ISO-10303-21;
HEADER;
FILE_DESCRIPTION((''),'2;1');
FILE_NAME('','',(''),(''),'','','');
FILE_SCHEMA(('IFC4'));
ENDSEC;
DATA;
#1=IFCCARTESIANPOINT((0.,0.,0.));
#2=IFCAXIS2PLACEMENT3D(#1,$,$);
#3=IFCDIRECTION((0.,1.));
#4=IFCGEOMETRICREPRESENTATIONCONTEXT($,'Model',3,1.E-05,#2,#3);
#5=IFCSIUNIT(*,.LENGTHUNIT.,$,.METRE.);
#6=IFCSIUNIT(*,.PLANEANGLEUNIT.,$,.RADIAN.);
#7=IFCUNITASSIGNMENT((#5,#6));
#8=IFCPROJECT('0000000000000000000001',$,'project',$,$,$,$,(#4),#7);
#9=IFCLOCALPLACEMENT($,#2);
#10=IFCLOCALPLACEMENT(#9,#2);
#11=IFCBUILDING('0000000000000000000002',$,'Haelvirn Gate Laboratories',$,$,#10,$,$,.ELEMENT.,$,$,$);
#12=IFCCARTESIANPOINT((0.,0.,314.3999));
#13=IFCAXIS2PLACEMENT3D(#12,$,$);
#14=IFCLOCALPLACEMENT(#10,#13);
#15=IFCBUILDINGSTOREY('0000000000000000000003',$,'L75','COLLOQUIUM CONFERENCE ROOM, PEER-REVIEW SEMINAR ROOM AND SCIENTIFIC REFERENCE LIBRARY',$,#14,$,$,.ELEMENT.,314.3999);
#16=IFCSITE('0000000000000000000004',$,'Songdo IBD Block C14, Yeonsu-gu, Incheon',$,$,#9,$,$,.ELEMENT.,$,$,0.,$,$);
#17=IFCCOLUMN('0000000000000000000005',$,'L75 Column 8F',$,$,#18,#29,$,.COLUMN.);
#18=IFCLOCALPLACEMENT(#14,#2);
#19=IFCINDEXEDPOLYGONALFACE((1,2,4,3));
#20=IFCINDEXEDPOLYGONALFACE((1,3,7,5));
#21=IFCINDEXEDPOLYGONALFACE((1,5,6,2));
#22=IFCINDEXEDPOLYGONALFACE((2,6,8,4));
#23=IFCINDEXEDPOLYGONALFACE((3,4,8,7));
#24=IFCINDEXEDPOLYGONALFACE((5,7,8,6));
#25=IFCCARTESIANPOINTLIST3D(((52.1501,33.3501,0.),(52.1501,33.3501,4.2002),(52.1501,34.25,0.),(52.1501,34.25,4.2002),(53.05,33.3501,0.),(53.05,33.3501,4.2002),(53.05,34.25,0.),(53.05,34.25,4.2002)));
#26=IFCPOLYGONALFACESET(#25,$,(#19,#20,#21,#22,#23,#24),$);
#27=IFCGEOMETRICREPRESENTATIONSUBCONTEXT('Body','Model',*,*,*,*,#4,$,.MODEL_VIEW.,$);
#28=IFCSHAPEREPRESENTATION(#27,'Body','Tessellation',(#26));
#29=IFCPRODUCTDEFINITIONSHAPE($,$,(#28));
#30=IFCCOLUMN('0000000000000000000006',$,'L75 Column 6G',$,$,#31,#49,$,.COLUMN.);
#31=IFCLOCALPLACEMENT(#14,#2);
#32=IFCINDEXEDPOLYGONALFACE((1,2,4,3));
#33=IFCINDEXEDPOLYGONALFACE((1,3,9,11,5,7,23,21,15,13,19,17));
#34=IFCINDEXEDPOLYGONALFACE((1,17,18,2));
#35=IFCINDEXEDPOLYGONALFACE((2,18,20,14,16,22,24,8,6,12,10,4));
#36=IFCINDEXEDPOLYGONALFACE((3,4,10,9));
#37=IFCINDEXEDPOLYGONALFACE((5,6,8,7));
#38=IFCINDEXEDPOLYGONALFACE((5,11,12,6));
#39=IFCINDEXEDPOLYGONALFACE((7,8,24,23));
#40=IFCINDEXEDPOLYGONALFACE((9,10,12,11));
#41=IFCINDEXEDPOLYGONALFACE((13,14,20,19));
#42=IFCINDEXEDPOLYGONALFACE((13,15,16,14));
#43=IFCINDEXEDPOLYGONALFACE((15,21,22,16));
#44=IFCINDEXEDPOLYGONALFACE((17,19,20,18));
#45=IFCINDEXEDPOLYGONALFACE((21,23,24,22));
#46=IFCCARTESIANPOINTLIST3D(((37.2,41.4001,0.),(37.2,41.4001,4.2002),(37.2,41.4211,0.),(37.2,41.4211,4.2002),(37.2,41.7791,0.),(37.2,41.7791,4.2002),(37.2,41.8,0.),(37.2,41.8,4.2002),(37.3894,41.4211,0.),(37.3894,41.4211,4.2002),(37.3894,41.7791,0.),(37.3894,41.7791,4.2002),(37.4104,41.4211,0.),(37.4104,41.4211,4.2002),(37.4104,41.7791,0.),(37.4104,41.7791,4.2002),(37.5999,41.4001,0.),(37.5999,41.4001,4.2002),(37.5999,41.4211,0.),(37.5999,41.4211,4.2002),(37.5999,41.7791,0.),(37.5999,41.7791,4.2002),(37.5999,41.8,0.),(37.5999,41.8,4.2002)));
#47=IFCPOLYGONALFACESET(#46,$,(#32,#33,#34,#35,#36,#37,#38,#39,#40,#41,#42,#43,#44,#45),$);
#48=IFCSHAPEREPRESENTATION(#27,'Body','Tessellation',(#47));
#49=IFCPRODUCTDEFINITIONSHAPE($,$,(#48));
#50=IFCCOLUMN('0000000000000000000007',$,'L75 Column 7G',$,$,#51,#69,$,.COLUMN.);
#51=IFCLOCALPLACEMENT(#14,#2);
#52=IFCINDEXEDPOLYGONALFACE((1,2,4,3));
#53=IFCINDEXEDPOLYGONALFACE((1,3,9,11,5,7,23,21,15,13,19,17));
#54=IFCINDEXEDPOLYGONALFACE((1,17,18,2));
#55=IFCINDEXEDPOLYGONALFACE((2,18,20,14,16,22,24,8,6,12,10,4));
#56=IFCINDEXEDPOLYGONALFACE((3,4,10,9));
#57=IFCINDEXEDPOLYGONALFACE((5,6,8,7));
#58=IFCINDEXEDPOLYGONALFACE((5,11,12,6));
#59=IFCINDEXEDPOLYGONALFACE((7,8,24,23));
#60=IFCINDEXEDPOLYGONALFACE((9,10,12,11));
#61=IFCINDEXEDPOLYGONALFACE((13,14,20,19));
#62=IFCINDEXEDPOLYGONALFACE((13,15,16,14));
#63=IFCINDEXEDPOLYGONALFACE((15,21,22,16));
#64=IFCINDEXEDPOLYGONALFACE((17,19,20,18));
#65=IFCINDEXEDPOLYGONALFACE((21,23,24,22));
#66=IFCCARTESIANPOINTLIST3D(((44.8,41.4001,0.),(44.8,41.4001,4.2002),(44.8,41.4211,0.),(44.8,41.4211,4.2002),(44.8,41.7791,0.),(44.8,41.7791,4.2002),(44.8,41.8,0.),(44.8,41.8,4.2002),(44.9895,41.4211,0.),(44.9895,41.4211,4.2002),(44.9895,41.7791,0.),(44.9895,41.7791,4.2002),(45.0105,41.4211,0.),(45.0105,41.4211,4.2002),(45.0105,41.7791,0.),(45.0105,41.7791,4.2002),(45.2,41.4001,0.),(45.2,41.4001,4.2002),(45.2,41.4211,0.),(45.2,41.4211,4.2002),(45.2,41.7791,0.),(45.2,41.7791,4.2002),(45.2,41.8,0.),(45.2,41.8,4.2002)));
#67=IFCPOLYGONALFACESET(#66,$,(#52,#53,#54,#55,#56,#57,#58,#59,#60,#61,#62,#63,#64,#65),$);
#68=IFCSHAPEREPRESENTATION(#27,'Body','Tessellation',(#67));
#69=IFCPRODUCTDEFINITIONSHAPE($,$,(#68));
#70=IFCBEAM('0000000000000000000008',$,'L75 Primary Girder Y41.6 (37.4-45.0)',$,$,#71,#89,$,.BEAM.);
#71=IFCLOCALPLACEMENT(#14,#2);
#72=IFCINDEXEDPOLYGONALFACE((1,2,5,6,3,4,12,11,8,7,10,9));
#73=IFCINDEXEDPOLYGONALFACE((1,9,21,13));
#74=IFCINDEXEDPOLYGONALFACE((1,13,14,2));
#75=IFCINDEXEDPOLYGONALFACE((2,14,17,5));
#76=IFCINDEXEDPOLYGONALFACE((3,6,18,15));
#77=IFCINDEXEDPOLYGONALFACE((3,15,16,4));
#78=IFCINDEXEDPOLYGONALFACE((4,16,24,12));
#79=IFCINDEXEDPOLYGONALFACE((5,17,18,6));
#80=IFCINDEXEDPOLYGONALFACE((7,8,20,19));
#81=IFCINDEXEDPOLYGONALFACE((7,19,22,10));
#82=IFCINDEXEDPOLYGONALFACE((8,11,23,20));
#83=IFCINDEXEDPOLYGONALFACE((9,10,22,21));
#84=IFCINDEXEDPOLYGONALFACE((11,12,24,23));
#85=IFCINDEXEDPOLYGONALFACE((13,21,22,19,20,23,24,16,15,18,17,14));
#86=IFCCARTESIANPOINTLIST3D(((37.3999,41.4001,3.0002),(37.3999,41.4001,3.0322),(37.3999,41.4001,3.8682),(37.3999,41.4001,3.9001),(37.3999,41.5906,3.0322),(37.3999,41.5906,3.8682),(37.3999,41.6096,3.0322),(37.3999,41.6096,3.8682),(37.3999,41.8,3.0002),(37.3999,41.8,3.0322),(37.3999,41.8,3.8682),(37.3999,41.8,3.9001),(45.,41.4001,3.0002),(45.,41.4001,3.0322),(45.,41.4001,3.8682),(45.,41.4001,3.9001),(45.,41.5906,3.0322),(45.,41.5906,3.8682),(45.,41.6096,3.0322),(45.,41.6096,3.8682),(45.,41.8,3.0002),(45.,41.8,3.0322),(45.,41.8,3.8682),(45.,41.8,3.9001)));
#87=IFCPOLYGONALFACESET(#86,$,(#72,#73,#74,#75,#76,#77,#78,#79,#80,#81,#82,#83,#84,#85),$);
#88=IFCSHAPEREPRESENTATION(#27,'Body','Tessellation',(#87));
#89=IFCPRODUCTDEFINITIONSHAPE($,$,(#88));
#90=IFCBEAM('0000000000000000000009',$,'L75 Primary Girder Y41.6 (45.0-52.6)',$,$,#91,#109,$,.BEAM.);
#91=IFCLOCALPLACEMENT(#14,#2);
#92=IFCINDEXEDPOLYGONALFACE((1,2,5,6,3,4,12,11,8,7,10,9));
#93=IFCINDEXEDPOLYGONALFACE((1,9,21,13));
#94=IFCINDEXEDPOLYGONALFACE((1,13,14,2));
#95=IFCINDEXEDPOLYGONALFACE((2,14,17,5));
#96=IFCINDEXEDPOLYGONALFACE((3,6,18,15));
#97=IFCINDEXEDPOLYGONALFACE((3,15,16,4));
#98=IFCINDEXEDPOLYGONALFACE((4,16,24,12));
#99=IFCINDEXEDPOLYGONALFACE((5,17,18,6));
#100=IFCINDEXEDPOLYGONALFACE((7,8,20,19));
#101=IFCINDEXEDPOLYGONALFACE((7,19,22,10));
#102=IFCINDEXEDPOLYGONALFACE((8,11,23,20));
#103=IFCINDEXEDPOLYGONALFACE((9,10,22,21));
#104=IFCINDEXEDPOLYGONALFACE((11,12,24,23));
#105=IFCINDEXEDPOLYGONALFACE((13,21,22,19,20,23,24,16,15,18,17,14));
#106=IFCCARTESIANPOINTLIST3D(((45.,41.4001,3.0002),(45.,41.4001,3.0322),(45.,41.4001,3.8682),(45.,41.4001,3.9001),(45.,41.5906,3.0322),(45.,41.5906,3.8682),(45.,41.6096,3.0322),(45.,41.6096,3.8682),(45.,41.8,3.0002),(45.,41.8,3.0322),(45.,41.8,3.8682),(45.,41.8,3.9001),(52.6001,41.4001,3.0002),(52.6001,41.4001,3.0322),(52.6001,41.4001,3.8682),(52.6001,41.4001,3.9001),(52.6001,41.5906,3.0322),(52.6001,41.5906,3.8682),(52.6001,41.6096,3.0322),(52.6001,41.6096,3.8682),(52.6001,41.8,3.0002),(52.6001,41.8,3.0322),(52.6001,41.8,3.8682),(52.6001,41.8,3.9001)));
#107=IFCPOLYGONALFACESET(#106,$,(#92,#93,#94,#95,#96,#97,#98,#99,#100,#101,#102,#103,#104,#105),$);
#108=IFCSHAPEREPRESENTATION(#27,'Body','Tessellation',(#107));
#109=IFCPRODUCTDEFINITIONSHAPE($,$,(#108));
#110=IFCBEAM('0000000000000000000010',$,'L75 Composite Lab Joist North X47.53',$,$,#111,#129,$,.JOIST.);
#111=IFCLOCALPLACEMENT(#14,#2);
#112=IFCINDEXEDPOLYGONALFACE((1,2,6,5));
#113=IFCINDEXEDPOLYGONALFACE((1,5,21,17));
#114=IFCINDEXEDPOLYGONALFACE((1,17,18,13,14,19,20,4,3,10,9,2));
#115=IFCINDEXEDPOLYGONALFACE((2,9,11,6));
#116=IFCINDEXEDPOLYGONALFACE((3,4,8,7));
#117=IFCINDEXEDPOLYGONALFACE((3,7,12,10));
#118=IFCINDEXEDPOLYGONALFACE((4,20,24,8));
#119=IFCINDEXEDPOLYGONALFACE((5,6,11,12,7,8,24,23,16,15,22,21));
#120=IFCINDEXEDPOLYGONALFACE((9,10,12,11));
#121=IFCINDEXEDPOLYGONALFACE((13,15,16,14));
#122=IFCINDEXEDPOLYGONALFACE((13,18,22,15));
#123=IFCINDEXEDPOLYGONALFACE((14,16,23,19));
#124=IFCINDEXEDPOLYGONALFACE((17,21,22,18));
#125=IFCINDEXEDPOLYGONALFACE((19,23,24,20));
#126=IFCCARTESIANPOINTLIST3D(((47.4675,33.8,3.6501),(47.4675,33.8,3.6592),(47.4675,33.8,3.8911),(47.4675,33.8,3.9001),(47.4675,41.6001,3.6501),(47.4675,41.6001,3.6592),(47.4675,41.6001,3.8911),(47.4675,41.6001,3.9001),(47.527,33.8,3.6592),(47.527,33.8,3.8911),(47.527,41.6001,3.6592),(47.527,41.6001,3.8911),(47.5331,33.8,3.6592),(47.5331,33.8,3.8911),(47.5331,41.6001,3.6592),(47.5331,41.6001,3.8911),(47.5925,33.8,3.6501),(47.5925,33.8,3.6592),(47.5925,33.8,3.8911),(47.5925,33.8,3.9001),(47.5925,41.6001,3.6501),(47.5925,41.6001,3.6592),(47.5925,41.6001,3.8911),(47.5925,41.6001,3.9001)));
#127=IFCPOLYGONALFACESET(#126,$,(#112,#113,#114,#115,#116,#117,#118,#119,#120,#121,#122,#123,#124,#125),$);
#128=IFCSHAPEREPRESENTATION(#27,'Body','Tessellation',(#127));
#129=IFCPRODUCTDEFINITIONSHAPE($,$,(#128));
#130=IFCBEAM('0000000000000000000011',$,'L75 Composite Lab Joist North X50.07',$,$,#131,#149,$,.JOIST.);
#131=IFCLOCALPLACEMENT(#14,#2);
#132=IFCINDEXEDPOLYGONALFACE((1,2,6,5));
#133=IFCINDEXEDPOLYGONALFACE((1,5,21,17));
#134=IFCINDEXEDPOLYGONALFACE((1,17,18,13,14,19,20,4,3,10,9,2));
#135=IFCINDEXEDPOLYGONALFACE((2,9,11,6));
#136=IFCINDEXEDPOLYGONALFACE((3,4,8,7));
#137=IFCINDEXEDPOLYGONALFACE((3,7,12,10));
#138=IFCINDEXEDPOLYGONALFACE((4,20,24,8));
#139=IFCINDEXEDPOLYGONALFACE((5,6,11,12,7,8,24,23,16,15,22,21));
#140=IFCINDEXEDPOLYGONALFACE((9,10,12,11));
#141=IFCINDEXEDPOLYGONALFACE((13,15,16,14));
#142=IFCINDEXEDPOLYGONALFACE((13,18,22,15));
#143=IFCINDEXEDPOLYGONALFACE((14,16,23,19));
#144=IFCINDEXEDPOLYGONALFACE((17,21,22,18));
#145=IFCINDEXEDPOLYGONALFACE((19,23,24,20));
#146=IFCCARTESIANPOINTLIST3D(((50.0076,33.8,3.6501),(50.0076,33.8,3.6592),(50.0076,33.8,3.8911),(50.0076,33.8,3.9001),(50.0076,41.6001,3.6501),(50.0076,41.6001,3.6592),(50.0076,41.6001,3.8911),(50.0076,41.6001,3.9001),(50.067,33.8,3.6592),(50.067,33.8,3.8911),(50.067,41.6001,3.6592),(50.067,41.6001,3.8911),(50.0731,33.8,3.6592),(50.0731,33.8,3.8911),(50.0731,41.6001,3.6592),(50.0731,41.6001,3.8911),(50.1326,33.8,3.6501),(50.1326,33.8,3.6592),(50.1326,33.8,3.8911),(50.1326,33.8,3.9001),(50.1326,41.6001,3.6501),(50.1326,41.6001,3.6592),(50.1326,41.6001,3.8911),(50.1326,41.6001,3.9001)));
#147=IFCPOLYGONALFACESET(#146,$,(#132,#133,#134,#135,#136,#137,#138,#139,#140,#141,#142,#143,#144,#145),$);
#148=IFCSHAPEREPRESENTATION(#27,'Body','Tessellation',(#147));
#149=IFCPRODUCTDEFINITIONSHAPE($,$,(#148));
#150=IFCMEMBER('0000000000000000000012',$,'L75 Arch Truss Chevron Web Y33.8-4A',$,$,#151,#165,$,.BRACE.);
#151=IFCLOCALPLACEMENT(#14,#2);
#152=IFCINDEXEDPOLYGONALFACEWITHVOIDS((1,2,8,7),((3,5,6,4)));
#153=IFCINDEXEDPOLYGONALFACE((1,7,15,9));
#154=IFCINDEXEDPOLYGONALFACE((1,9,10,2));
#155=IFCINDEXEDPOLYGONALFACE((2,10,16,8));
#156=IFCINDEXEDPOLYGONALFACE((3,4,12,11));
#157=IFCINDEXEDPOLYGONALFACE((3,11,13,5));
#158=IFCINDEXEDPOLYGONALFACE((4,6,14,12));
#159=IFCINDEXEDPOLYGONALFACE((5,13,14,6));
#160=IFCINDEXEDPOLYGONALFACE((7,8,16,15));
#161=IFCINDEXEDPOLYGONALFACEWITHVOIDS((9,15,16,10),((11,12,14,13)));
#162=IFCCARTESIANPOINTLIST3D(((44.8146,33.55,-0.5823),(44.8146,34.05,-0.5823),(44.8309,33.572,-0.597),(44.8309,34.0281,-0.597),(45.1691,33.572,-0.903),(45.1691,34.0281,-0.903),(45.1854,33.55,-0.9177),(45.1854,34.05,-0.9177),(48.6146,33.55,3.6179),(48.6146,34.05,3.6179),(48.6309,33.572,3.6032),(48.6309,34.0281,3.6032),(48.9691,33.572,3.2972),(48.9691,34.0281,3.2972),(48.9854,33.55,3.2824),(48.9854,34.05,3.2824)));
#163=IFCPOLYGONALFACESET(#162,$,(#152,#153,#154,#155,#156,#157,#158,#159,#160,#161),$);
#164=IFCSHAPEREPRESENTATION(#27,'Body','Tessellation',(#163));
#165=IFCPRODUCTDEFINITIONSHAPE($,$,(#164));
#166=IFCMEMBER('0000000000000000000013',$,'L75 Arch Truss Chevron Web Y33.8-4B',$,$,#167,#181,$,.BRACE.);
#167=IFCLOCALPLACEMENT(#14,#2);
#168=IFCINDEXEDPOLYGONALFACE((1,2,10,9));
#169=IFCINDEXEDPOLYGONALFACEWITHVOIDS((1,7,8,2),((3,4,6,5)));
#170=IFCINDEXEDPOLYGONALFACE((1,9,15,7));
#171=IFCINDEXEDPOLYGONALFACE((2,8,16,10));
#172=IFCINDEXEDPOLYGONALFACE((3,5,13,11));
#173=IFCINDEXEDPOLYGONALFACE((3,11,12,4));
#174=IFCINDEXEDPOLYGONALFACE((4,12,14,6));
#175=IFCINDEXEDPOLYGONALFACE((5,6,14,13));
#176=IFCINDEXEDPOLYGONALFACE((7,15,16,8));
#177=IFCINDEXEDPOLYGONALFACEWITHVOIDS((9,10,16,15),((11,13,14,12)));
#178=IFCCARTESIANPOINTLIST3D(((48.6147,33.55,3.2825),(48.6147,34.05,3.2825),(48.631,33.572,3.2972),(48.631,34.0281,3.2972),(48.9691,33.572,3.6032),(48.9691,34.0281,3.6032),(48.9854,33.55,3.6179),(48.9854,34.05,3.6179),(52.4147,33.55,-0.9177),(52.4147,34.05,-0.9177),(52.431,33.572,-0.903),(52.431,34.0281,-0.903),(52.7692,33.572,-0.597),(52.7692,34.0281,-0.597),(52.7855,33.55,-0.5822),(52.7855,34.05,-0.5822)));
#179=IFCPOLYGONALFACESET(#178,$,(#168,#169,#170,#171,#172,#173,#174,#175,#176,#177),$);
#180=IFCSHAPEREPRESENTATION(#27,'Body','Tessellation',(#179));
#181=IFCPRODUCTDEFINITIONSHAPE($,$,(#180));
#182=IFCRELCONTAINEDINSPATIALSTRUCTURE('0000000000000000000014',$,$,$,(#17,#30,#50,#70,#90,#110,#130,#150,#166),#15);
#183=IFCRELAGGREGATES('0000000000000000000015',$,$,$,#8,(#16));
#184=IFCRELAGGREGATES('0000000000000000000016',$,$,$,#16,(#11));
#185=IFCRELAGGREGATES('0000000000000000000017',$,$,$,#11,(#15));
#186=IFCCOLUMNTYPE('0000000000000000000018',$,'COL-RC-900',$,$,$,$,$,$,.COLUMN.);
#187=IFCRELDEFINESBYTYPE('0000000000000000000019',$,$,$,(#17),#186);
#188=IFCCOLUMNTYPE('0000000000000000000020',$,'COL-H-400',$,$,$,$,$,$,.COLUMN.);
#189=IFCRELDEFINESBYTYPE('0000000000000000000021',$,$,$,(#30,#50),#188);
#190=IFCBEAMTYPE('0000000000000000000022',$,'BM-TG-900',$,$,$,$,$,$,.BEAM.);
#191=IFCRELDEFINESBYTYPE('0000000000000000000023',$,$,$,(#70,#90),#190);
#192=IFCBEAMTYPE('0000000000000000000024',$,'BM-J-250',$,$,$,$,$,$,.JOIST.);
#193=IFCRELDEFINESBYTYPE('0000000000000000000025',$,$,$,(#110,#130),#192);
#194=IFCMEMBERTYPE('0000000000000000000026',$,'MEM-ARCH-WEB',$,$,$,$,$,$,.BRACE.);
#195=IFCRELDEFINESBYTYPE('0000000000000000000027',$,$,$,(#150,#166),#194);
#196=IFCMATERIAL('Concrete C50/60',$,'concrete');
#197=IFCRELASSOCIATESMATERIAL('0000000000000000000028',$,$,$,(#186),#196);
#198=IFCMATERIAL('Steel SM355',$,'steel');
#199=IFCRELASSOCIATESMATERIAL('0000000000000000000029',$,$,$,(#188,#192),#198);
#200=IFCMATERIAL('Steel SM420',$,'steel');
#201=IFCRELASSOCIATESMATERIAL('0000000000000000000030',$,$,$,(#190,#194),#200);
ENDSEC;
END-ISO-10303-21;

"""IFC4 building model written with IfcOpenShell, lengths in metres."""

from ifc_helpers import new_model, si_unit, direction, frame, origin, origin_2d, place, context, subcontext, project, spatial, rectangle, hollow_rectangle, i_section, extrude, source, transform, mapped, material, material_profile, profile_set, type_object, type_shapes, element, save


model = new_model("IFC4")

# Units and contexts
model_context = context("Model", 3, precision=1e-05, world=origin(), true_north=direction((0.0, 1.0)))
body_context = subcontext(model_context, "Body", "Model", "MODEL_VIEW")
ifc_project = project(units=[si_unit("LENGTHUNIT", "METRE"), si_unit("PLANEANGLEUNIT", "RADIAN")], contexts=[model_context])

# Site, building, storey
site_placement = place(None, origin())
site = spatial("IfcSite", under=ifc_project, at=site_placement, Name="Songdo IBD Block C14, Yeonsu-gu, Incheon", CompositionType="ELEMENT", RefElevation=0.0)
building_placement = place(site_placement, origin())
building = spatial("IfcBuilding", under=site, at=building_placement, Name="Haelvirn Gate Laboratories", CompositionType="ELEMENT")
storey_placement = place(building_placement, frame((0.0, 0.0, 314.3999)))
storey = spatial("IfcBuildingStorey", under=building, at=storey_placement, Name="L75", Description="COLLOQUIUM CONFERENCE ROOM, PEER-REVIEW SEMINAR ROOM AND SCIENTIFIC REFERENCE LIBRARY", CompositionType="ELEMENT", Elevation=314.3999)

# Columns
ifc_material_1 = material(Name="Concrete C50/60", Category="concrete")
ifc_material_profile_1 = material_profile(ifc_material_1, rectangle(XDim=0.8999, YDim=0.8999, at=origin_2d()), Name="RC-900x900")
ifc_profile_set_1 = profile_set([ifc_material_profile_1], Name="Concrete C50/60")
column_type_1 = type_object("IfcColumnType", Name="COL-RC-900", PredefinedType="COLUMN", material=ifc_profile_set_1)
shared_shape_1 = source(origin(), body_context, "Body", "SweptSolid", [
    extrude(rectangle(XDim=0.8999, YDim=0.8999, at=origin_2d()), origin(), (0.0, 0.0, 1.0), 4.2002),
])
type_shapes(column_type_1, [shared_shape_1])
column_placement = place(storey_placement, frame((52.6001, 33.8, 0.0), z_axis=(0.0, 0.0, 1.0), x_axis=(1.0, 0.0, 0.0)))
element("IfcColumn", 1, at=column_placement, inside=storey, type_object=column_type_1, Name="L75 Column 8F", PredefinedType="COLUMN", context=body_context, shape_type="MappedRepresentation", body=[
    mapped(shared_shape_1, transform((0.0, 0.0, 0.0), scale=1.0)),
])
ifc_material_2 = material(Name="Steel SM355", Category="steel")
ifc_material_profile_2 = material_profile(ifc_material_2, i_section(OverallWidth=0.3999, OverallDepth=0.3999, WebThickness=0.021, FlangeThickness=0.021, at=origin_2d()), Name="H-400x400x21x21")
ifc_profile_set_2 = profile_set([ifc_material_profile_2], Name="Steel SM355")
column_type_2 = type_object("IfcColumnType", Name="COL-H-400", PredefinedType="COLUMN", material=ifc_profile_set_2)
shared_shape_2 = source(origin(), body_context, "Body", "SweptSolid", [
    extrude(i_section(OverallWidth=0.3999, OverallDepth=0.3999, WebThickness=0.021, FlangeThickness=0.021, at=origin_2d()), origin(), (0.0, 0.0, 1.0), 4.2002),
])
type_shapes(column_type_2, [shared_shape_2])
for number, where, z_axis, x_axis, name in (
    (2, (37.3999, 41.6001, 0.0), (0.0, 0.0, 1.0), (1.0, 0.0, 0.0), "L75 Column 6G"),
    (3, (45.0, 41.6001, 0.0), (0.0, 0.0, 1.0), (1.0, 0.0, 0.0), "L75 Column 7G"),
):
    element("IfcColumn", number, at=place(storey_placement, frame(where, z_axis=z_axis, x_axis=x_axis)), inside=storey, type_object=column_type_2, Name=name, PredefinedType="COLUMN", context=body_context, shape_type="MappedRepresentation", body=[
        mapped(shared_shape_2, transform((0.0, 0.0, 0.0), scale=1.0)),
    ])

# Beams
ifc_material_3 = material(Name="Steel SM420", Category="steel")
ifc_material_profile_3 = material_profile(ifc_material_3, i_section(OverallWidth=0.3999, OverallDepth=0.8999, WebThickness=0.019, FlangeThickness=0.032, at=origin_2d()), Name="H-900x400x19x32")
ifc_profile_set_3 = profile_set([ifc_material_profile_3], Name="Steel SM420")
beam_type_1 = type_object("IfcBeamType", Name="BM-TG-900", PredefinedType="BEAM", material=ifc_profile_set_3)
shared_shape_3 = source(origin(), body_context, "Body", "SweptSolid", [
    extrude(i_section(OverallWidth=0.3999, OverallDepth=0.8999, WebThickness=0.019, FlangeThickness=0.032, at=origin_2d()), origin(), (0.0, 0.0, 1.0), 7.6001),
])
type_shapes(beam_type_1, [shared_shape_3])
for number, where, z_axis, x_axis, name in (
    (4, (37.3999, 41.6001, 3.4502), (1.0, 0.0, 0.0), (0.0, 1.0, 0.0), "L75 Primary Girder Y41.6 (37.4-45.0)"),
    (5, (45.0, 41.6001, 3.4502), (1.0, 0.0, 0.0), (0.0, 1.0, 0.0), "L75 Primary Girder Y41.6 (45.0-52.6)"),
):
    element("IfcBeam", number, at=place(storey_placement, frame(where, z_axis=z_axis, x_axis=x_axis)), inside=storey, type_object=beam_type_1, Name=name, PredefinedType="BEAM", context=body_context, shape_type="MappedRepresentation", body=[
        mapped(shared_shape_3, transform((0.0, 0.0, 0.0), scale=1.0)),
    ])
ifc_material_profile_4 = material_profile(ifc_material_2, i_section(OverallWidth=0.125, OverallDepth=0.25, WebThickness=0.0061, FlangeThickness=0.009, at=origin_2d()), Name="H-250x125x6x9")
ifc_profile_set_4 = profile_set([ifc_material_profile_4], Name="Steel SM355")
beam_type_2 = type_object("IfcBeamType", Name="BM-J-250", PredefinedType="JOIST", material=ifc_profile_set_4)
shared_shape_4 = source(origin(), body_context, "Body", "SweptSolid", [
    extrude(i_section(OverallWidth=0.125, OverallDepth=0.25, WebThickness=0.0061, FlangeThickness=0.009, at=origin_2d()), origin(), (0.0, 0.0, 1.0), 7.8),
])
type_shapes(beam_type_2, [shared_shape_4])
for number, where, z_axis, x_axis, name in (
    (6, (47.53, 33.8, 3.7751), (0.0, 1.0, 0.0), (-1.0, 0.0, 0.0), "L75 Composite Lab Joist North X47.53"),
    (7, (50.0701, 33.8, 3.7751), (0.0, 1.0, 0.0), (-1.0, 0.0, 0.0), "L75 Composite Lab Joist North X50.07"),
):
    element("IfcBeam", number, at=place(storey_placement, frame(where, z_axis=z_axis, x_axis=x_axis)), inside=storey, type_object=beam_type_2, Name=name, PredefinedType="JOIST", context=body_context, shape_type="MappedRepresentation", body=[
        mapped(shared_shape_4, transform((0.0, 0.0, 0.0), scale=1.0)),
    ])

# Members
ifc_material_profile_5 = material_profile(ifc_material_3, hollow_rectangle(XDim=0.5, YDim=0.5, WallThickness=0.022, at=origin_2d()), Name="BOX-500x500x22")
ifc_profile_set_5 = profile_set([ifc_material_profile_5], Name="Steel SM420")
member_type_1 = type_object("IfcMemberType", Name="MEM-ARCH-WEB", PredefinedType="BRACE", material=ifc_profile_set_5)
shared_shape_5 = source(origin(), body_context, "Body", "SweptSolid", [
    extrude(hollow_rectangle(XDim=0.5, YDim=0.5, WallThickness=0.022, at=origin_2d()), origin(), (0.0, 0.0, 1.0), 5.6641),
])
type_shapes(member_type_1, [shared_shape_5])
for number, where, z_axis, x_axis, name in (
    (8, (45.0, 33.8, -0.75), (0.670901, 0.0, 0.741547), (0.0, 1.0, 0.0), "L75 Arch Truss Chevron Web Y33.8-4A"),
    (9, (48.8, 33.8, 3.4502), (0.670901, 0.0, -0.741547), (0.0, 1.0, 0.0), "L75 Arch Truss Chevron Web Y33.8-4B"),
):
    element("IfcMember", number, at=place(storey_placement, frame(where, z_axis=z_axis, x_axis=x_axis)), inside=storey, type_object=member_type_1, Name=name, PredefinedType="BRACE", context=body_context, shape_type="MappedRepresentation", body=[
        mapped(shared_shape_5, transform((0.0, 0.0, 0.0), scale=1.0)),
    ])

save(model, "model.ifc")
